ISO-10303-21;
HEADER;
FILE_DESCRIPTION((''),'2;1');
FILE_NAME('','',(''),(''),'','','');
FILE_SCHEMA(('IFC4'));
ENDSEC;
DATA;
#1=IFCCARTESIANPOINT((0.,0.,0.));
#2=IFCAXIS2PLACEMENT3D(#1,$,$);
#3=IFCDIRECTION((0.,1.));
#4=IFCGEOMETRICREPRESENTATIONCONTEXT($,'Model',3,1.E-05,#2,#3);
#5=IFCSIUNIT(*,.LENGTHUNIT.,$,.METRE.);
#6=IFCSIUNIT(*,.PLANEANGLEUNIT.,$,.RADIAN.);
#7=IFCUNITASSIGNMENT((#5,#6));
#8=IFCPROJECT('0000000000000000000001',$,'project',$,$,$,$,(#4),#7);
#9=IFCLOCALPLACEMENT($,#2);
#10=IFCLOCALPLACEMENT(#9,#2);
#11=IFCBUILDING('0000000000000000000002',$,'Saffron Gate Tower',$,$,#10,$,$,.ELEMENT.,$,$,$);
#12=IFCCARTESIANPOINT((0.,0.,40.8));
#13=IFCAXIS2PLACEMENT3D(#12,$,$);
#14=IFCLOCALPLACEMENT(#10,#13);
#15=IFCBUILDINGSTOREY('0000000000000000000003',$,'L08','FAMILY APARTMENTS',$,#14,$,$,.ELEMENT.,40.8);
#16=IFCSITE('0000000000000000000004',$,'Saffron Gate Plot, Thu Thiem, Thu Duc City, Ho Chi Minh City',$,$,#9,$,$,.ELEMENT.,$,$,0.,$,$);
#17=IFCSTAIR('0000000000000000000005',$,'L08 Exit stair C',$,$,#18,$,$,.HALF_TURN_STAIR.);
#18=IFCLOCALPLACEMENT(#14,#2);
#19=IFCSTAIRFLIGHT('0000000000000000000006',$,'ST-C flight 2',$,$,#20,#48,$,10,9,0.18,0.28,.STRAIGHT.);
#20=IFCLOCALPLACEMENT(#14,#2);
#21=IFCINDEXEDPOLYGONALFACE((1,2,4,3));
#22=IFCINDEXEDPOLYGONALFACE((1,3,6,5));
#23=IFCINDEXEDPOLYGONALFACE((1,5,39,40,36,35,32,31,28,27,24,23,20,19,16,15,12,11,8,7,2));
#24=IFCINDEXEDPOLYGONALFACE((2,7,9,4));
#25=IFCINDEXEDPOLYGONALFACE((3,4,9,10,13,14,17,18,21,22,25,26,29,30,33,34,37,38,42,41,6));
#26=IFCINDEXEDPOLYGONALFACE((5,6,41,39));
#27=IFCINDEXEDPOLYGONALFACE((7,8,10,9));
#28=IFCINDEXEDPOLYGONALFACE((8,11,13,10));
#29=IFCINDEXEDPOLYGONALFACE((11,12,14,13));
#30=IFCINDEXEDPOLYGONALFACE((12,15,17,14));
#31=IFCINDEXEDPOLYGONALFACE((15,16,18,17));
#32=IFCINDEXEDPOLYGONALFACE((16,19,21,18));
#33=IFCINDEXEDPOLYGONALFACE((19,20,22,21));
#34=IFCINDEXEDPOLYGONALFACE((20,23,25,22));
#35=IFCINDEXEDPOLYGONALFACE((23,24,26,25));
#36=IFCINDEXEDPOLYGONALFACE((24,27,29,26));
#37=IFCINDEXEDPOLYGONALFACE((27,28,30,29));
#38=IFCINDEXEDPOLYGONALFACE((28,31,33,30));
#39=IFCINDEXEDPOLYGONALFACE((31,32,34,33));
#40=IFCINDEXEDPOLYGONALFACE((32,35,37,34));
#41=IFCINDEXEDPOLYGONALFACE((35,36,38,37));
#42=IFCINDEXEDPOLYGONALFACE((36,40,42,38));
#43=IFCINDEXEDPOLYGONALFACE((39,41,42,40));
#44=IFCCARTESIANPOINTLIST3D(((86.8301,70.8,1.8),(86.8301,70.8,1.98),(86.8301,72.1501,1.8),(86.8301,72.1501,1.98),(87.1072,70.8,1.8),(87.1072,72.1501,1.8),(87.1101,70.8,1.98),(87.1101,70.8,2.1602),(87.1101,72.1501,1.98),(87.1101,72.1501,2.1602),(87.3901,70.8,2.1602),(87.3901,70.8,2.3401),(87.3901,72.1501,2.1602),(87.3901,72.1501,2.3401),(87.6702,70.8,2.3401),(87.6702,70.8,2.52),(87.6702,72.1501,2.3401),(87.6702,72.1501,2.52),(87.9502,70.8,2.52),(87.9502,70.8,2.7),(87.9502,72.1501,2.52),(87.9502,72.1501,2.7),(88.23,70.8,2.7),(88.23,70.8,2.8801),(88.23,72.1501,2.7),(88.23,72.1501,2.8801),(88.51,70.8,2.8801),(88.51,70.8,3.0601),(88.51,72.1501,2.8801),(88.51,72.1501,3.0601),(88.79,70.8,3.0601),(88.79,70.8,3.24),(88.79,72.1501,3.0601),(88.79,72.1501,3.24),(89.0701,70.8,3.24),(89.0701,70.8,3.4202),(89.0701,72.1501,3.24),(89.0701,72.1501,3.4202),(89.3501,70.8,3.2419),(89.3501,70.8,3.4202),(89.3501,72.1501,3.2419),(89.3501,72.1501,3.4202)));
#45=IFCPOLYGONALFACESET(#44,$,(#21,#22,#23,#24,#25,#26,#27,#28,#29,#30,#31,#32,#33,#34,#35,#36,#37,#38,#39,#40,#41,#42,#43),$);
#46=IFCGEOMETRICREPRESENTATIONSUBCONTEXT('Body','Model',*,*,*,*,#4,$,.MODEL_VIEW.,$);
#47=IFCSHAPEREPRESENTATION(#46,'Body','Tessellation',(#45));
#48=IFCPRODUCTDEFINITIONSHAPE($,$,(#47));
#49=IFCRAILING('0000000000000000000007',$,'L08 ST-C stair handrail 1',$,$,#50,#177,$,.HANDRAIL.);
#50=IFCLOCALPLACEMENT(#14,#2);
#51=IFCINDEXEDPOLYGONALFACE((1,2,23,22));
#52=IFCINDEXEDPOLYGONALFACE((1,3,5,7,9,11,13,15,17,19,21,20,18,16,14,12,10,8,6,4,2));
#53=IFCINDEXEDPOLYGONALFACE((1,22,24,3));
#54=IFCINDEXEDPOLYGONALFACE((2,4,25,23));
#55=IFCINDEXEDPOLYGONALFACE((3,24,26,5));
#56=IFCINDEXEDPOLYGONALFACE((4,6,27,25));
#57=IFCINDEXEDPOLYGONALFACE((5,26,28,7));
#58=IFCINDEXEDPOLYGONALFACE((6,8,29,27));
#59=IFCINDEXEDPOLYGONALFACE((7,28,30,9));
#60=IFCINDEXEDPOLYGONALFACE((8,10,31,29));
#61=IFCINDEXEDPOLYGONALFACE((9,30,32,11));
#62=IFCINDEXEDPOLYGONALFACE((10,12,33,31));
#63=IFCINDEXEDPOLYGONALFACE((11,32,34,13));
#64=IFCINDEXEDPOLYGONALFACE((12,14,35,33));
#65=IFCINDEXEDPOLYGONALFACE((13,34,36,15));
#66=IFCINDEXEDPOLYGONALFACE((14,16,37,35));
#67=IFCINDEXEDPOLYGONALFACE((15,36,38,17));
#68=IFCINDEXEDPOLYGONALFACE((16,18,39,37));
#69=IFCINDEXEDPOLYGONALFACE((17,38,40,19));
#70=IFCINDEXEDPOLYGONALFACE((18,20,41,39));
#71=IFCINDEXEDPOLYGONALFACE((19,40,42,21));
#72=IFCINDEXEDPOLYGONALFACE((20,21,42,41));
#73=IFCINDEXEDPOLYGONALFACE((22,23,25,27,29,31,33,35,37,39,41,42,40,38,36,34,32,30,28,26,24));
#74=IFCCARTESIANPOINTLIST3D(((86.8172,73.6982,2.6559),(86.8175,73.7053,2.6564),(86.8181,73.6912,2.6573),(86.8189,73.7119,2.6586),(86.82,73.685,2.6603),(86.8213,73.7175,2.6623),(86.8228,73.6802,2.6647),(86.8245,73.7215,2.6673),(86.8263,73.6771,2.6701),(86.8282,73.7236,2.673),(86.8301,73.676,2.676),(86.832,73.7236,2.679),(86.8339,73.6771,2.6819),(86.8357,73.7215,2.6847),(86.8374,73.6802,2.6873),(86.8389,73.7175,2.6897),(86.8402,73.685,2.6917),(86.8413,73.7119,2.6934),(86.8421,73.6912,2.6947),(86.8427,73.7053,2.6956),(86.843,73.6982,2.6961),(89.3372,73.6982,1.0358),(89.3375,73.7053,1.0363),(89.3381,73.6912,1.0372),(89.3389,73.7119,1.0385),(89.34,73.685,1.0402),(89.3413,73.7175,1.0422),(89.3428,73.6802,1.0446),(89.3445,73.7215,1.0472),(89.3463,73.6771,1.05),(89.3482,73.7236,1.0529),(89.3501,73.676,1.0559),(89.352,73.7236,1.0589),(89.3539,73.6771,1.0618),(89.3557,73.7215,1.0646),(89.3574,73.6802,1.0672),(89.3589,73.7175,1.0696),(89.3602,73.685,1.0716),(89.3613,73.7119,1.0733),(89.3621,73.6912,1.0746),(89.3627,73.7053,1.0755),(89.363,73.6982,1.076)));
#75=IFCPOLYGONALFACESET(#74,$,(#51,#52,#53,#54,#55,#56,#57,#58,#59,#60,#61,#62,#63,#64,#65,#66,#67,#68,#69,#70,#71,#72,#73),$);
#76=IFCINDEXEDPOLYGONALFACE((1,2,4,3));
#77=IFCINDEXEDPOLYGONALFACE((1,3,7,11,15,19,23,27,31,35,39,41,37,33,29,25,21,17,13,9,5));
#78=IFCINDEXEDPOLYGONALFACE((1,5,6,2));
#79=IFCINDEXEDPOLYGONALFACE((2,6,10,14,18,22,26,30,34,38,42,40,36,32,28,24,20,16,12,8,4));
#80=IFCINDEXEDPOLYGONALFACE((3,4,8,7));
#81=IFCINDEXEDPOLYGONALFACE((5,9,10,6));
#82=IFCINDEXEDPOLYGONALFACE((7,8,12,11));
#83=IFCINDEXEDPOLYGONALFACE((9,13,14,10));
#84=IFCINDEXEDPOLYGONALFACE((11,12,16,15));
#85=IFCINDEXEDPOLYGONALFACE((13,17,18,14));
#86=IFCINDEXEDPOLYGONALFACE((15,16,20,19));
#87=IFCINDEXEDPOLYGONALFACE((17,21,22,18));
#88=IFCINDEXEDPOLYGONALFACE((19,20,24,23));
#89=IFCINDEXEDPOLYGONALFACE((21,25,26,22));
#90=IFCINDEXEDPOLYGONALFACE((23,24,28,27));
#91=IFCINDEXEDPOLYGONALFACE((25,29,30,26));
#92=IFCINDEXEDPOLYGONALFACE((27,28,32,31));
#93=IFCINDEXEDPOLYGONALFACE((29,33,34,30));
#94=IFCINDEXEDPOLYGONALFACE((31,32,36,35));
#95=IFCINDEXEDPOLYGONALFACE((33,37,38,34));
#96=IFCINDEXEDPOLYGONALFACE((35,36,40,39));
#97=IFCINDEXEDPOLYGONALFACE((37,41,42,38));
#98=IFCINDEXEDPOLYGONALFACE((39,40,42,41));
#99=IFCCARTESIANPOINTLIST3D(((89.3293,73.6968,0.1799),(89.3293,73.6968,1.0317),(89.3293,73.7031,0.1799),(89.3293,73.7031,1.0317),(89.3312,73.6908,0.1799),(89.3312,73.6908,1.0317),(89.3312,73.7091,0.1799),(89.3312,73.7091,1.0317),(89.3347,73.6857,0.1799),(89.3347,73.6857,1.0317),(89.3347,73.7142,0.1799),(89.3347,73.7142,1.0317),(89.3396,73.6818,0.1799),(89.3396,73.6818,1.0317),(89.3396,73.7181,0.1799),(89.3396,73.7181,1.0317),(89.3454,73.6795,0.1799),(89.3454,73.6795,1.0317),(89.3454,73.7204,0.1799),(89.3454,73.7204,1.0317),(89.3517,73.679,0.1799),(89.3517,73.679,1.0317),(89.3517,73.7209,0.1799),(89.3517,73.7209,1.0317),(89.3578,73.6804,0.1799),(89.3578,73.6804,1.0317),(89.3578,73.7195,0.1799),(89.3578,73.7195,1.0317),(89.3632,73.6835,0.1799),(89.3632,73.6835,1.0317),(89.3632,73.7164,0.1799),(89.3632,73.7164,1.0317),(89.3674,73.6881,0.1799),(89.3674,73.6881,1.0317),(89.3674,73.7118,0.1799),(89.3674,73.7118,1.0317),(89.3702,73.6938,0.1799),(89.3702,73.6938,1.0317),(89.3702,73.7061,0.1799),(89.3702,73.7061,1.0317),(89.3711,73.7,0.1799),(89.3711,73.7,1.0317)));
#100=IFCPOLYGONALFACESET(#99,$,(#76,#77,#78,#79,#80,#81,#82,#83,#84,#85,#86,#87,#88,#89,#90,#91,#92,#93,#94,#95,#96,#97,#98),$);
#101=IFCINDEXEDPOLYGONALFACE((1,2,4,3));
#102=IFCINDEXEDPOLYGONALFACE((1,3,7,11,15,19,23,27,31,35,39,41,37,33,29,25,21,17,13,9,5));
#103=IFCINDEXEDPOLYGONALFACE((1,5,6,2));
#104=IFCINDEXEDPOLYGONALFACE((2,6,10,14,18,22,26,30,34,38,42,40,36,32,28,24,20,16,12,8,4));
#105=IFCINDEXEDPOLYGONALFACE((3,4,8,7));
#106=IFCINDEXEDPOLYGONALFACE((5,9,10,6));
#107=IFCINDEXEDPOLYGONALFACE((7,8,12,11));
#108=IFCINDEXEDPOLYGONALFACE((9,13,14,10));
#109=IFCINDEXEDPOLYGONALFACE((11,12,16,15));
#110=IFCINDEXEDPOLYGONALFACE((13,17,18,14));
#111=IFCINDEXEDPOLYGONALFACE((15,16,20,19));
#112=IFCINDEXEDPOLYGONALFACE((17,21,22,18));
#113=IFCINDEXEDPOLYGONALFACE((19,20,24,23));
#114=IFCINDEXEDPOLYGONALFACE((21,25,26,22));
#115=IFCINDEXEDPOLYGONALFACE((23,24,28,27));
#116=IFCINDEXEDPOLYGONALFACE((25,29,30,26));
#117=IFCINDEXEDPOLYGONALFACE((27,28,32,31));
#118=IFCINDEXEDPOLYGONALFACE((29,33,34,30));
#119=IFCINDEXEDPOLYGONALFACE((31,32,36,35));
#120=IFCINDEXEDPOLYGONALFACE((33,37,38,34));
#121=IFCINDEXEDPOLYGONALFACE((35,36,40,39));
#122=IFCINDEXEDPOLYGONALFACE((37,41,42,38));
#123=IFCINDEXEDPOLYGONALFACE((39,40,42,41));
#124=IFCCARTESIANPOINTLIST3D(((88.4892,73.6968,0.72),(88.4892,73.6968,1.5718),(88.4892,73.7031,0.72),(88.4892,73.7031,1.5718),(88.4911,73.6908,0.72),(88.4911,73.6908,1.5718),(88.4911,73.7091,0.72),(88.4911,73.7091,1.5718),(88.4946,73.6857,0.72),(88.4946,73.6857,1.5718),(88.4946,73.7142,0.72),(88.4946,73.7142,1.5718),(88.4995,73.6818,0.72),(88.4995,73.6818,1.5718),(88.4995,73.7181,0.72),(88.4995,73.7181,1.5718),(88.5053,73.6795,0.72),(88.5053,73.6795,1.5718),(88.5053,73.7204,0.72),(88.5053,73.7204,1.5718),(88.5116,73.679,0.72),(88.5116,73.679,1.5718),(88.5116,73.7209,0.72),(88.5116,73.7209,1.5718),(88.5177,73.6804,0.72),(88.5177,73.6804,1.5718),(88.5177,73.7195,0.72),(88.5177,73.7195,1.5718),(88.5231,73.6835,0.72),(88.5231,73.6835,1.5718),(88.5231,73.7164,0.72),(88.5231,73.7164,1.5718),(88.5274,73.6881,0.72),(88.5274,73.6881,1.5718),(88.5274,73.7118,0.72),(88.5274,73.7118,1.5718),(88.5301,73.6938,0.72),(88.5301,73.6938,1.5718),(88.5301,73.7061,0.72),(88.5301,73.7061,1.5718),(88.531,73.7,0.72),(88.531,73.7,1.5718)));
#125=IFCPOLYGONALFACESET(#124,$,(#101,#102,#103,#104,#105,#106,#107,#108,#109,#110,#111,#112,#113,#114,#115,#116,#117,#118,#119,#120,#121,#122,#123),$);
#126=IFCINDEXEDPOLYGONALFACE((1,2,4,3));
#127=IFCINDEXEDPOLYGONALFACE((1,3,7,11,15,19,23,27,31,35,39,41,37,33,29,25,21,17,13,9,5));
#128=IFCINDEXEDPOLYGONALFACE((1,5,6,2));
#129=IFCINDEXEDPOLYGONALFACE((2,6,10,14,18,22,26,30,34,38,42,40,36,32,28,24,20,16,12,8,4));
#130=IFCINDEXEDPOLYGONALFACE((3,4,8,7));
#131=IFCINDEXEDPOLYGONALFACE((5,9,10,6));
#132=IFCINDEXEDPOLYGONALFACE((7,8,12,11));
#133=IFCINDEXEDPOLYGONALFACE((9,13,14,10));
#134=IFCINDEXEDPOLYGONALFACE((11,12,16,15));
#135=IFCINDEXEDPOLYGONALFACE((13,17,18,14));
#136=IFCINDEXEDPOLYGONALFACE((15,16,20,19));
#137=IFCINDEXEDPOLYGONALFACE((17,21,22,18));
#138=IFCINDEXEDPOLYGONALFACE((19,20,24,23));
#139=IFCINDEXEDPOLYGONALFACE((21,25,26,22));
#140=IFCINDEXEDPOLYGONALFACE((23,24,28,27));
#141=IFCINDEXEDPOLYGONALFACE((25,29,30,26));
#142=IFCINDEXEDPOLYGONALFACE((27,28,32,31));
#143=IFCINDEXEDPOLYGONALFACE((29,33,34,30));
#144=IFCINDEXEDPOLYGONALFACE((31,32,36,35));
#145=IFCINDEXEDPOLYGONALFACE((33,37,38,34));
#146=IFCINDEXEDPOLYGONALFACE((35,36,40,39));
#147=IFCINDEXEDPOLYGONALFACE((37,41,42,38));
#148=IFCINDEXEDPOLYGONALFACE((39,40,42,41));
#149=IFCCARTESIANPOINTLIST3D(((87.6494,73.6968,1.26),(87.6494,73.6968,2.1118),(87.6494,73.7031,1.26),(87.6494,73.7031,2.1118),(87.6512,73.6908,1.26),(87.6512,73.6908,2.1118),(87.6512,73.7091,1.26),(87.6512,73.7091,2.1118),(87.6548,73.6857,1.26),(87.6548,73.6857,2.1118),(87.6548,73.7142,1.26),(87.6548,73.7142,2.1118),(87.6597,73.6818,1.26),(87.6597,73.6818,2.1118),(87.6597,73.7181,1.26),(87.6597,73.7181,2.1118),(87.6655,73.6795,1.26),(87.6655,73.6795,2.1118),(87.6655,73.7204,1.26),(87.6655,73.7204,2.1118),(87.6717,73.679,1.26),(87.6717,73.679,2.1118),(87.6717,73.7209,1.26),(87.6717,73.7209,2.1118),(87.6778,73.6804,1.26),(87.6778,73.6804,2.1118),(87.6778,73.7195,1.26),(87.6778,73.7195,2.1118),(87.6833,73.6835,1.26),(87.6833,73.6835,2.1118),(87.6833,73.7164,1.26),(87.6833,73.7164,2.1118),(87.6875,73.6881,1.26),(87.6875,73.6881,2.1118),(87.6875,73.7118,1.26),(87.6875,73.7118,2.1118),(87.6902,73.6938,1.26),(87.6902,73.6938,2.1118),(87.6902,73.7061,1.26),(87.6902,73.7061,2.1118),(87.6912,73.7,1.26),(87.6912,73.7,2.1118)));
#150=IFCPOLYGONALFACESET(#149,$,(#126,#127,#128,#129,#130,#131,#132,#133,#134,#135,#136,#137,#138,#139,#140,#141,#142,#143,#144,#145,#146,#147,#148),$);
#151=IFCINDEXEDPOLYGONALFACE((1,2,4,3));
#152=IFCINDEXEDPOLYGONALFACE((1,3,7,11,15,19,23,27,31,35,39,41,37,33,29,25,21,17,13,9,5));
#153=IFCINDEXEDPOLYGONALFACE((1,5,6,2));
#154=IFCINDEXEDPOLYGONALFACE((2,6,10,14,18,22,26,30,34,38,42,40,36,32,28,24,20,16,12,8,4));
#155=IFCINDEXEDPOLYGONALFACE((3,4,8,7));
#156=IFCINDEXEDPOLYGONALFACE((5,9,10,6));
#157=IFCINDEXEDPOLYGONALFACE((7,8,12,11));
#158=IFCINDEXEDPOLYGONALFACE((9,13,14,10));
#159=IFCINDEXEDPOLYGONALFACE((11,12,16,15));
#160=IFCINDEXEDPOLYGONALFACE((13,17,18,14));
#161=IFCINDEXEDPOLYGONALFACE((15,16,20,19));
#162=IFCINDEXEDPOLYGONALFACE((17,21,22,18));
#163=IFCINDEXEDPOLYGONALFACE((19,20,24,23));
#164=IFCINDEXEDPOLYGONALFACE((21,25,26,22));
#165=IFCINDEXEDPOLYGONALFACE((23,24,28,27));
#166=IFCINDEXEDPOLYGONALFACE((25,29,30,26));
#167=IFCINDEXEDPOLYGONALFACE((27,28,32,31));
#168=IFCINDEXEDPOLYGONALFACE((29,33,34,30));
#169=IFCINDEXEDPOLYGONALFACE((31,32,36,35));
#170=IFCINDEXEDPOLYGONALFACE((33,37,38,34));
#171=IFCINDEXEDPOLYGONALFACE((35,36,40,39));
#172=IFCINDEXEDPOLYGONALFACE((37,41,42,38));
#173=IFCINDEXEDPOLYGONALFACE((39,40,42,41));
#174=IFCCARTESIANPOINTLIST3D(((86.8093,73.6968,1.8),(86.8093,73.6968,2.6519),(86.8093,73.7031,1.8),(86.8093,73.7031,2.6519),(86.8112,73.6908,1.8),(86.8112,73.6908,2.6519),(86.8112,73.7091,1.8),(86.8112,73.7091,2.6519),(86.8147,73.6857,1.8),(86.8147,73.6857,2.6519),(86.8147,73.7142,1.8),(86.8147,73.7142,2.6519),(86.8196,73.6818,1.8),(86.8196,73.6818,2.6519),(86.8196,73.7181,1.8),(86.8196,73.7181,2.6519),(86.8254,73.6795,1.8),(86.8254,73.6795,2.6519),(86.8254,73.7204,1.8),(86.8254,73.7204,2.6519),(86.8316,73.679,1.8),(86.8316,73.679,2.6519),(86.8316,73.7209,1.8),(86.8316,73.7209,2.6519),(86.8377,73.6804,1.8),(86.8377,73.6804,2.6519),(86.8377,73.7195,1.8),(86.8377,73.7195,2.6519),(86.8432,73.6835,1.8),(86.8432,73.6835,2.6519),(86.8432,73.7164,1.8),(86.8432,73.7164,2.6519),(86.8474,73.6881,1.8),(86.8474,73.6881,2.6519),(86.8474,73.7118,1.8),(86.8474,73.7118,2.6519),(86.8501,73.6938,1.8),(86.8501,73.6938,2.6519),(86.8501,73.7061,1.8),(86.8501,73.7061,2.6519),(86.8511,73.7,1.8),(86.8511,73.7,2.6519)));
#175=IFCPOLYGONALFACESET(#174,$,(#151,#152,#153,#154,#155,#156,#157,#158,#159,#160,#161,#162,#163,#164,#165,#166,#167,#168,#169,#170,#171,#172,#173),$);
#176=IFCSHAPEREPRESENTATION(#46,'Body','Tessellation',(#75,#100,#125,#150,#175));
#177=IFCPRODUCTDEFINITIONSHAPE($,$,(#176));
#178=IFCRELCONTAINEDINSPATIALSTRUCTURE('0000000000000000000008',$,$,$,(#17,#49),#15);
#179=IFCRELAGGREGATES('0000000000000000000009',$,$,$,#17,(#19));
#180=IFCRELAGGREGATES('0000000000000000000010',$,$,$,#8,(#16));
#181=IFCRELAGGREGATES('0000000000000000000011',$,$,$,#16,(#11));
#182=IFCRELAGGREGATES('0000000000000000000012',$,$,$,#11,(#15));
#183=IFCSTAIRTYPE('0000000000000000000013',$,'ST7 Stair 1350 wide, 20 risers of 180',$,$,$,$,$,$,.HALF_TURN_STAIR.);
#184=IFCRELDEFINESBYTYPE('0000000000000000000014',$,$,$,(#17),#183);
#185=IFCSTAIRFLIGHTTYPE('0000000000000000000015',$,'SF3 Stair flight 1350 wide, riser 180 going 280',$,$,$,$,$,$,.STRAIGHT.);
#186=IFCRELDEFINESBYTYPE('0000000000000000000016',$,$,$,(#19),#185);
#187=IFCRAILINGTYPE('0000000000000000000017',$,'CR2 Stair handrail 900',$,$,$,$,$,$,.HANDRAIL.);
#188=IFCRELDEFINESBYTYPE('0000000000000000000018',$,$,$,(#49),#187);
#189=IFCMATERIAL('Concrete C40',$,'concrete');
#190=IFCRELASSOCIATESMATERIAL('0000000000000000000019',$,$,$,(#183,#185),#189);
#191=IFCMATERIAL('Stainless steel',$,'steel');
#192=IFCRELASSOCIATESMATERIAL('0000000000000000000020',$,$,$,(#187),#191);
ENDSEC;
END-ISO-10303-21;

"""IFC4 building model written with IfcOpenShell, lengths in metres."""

from ifc_helpers import new_model, si_unit, direction, frame, origin, origin_2d, place, context, subcontext, project, spatial, polyline, circle, outline, extrude, material, type_object, element, aggregate, save


model = new_model("IFC4")

# Units and contexts
model_context = context("Model", 3, precision=1e-05, world=origin(), true_north=direction((0.0, 1.0)))
body_context = subcontext(model_context, "Body", "Model", "MODEL_VIEW")
ifc_project = project(units=[si_unit("LENGTHUNIT", "METRE"), si_unit("PLANEANGLEUNIT", "RADIAN")], contexts=[model_context])

# Site, building, storey
site_placement = place(None, origin())
site = spatial("IfcSite", under=ifc_project, at=site_placement, Name="Saffron Gate Plot, Thu Thiem, Thu Duc City, Ho Chi Minh City", CompositionType="ELEMENT", RefElevation=0.0)
building_placement = place(site_placement, origin())
building = spatial("IfcBuilding", under=site, at=building_placement, Name="Saffron Gate Tower", CompositionType="ELEMENT")
storey_placement = place(building_placement, frame((0.0, 0.0, 40.8)))
storey = spatial("IfcBuildingStorey", under=building, at=storey_placement, Name="L08", Description="FAMILY APARTMENTS", CompositionType="ELEMENT", Elevation=40.8)

# Stair, stair flight
ifc_material_1 = material(Name="Concrete C40", Category="concrete")
stair_type = type_object("IfcStairType", Name="ST7 Stair 1350 wide, 20 risers of 180", PredefinedType="HALF_TURN_STAIR", material=ifc_material_1)
stair_placement = place(storey_placement, origin())
stair = element("IfcStair", 1, at=stair_placement, inside=storey, type_object=stair_type, Name="L08 Exit stair C", PredefinedType="HALF_TURN_STAIR")
stair_flight_type = type_object("IfcStairFlightType", Name="SF3 Stair flight 1350 wide, riser 180 going 280", PredefinedType="STRAIGHT", material=ifc_material_1)
stair_flight_1_placement = place(storey_placement, frame((86.8301, 71.4751, 1.8), z_axis=(0.0, 0.0, 1.0), x_axis=(1.0, 0.0, 0.0)))
stair_flight_1 = element("IfcStairFlight", 2, at=stair_flight_1_placement, type_object=stair_flight_type, Name="ST-C flight 2", NumberOfRisers=10, NumberOfTreads=9, PredefinedType="STRAIGHT", RiserHeight=0.18, TreadLength=0.28, context=body_context, shape_type="SweptSolid", body=[
    extrude(outline(polyline([(0.0, 0.0), (0.0, 0.1799), (0.28, 0.1799), (0.28, 0.3601), (0.5601, 0.3601), (0.5601, 0.54), (0.8401, 0.54), (0.8401, 0.72), (1.1201, 0.72), (1.1201, 0.8999), (1.3999, 0.8999), (1.3999, 1.0801), (1.6799, 1.0801), (1.6799, 1.26), (1.96, 1.26), (1.96, 1.4399), (2.24, 1.4399), (2.24, 1.6201), (2.52, 1.6201), (2.52, 1.8), (2.52, 1.4419), (0.2771, 0.0), (0.0, 0.0)])), frame((0.0, 0.675, 0.0), z_axis=(0.0, -1.0, 0.0), x_axis=(1.0, 0.0, 0.0)), (0.0, 0.0, 1.0), 1.3501),
])
aggregate(stair, [stair_flight_1])

# Railing
ifc_material_2 = material(Name="Stainless steel", Category="steel")
railing_type_1 = type_object("IfcRailingType", Name="CR2 Stair handrail 900", PredefinedType="HANDRAIL", material=ifc_material_2)
railing_1_placement = place(storey_placement, frame((89.3501, 73.7, 0.1799)))
element("IfcRailing", 3, at=railing_1_placement, inside=storey, type_object=railing_type_1, Name="L08 ST-C stair handrail 1", PredefinedType="HANDRAIL", context=body_context, shape_type="SweptSolid", body=[
    extrude(circle(Radius=0.0239, at=origin_2d()), frame((0.0, 0.0, 0.876), z_axis=(-0.841163, 0.0, 0.540782), x_axis=(0.0, -1.0, 0.0)), (0.0, 0.0, 1.0), 2.9958),
    extrude(circle(Radius=0.021, at=origin_2d()), origin(), (0.0, 0.0, 1.0), 0.8518),
    extrude(circle(Radius=0.021, at=origin_2d()), frame((-0.8401, 0.0, 0.54)), (0.0, 0.0, 1.0), 0.8518),
    extrude(circle(Radius=0.021, at=origin_2d()), frame((-1.6799, 0.0, 1.0801)), (0.0, 0.0, 1.0), 0.8518),
    extrude(circle(Radius=0.021, at=origin_2d()), frame((-2.52, 0.0, 1.6201)), (0.0, 0.0, 1.0), 0.8518),
])

save(model, "model.ifc")
